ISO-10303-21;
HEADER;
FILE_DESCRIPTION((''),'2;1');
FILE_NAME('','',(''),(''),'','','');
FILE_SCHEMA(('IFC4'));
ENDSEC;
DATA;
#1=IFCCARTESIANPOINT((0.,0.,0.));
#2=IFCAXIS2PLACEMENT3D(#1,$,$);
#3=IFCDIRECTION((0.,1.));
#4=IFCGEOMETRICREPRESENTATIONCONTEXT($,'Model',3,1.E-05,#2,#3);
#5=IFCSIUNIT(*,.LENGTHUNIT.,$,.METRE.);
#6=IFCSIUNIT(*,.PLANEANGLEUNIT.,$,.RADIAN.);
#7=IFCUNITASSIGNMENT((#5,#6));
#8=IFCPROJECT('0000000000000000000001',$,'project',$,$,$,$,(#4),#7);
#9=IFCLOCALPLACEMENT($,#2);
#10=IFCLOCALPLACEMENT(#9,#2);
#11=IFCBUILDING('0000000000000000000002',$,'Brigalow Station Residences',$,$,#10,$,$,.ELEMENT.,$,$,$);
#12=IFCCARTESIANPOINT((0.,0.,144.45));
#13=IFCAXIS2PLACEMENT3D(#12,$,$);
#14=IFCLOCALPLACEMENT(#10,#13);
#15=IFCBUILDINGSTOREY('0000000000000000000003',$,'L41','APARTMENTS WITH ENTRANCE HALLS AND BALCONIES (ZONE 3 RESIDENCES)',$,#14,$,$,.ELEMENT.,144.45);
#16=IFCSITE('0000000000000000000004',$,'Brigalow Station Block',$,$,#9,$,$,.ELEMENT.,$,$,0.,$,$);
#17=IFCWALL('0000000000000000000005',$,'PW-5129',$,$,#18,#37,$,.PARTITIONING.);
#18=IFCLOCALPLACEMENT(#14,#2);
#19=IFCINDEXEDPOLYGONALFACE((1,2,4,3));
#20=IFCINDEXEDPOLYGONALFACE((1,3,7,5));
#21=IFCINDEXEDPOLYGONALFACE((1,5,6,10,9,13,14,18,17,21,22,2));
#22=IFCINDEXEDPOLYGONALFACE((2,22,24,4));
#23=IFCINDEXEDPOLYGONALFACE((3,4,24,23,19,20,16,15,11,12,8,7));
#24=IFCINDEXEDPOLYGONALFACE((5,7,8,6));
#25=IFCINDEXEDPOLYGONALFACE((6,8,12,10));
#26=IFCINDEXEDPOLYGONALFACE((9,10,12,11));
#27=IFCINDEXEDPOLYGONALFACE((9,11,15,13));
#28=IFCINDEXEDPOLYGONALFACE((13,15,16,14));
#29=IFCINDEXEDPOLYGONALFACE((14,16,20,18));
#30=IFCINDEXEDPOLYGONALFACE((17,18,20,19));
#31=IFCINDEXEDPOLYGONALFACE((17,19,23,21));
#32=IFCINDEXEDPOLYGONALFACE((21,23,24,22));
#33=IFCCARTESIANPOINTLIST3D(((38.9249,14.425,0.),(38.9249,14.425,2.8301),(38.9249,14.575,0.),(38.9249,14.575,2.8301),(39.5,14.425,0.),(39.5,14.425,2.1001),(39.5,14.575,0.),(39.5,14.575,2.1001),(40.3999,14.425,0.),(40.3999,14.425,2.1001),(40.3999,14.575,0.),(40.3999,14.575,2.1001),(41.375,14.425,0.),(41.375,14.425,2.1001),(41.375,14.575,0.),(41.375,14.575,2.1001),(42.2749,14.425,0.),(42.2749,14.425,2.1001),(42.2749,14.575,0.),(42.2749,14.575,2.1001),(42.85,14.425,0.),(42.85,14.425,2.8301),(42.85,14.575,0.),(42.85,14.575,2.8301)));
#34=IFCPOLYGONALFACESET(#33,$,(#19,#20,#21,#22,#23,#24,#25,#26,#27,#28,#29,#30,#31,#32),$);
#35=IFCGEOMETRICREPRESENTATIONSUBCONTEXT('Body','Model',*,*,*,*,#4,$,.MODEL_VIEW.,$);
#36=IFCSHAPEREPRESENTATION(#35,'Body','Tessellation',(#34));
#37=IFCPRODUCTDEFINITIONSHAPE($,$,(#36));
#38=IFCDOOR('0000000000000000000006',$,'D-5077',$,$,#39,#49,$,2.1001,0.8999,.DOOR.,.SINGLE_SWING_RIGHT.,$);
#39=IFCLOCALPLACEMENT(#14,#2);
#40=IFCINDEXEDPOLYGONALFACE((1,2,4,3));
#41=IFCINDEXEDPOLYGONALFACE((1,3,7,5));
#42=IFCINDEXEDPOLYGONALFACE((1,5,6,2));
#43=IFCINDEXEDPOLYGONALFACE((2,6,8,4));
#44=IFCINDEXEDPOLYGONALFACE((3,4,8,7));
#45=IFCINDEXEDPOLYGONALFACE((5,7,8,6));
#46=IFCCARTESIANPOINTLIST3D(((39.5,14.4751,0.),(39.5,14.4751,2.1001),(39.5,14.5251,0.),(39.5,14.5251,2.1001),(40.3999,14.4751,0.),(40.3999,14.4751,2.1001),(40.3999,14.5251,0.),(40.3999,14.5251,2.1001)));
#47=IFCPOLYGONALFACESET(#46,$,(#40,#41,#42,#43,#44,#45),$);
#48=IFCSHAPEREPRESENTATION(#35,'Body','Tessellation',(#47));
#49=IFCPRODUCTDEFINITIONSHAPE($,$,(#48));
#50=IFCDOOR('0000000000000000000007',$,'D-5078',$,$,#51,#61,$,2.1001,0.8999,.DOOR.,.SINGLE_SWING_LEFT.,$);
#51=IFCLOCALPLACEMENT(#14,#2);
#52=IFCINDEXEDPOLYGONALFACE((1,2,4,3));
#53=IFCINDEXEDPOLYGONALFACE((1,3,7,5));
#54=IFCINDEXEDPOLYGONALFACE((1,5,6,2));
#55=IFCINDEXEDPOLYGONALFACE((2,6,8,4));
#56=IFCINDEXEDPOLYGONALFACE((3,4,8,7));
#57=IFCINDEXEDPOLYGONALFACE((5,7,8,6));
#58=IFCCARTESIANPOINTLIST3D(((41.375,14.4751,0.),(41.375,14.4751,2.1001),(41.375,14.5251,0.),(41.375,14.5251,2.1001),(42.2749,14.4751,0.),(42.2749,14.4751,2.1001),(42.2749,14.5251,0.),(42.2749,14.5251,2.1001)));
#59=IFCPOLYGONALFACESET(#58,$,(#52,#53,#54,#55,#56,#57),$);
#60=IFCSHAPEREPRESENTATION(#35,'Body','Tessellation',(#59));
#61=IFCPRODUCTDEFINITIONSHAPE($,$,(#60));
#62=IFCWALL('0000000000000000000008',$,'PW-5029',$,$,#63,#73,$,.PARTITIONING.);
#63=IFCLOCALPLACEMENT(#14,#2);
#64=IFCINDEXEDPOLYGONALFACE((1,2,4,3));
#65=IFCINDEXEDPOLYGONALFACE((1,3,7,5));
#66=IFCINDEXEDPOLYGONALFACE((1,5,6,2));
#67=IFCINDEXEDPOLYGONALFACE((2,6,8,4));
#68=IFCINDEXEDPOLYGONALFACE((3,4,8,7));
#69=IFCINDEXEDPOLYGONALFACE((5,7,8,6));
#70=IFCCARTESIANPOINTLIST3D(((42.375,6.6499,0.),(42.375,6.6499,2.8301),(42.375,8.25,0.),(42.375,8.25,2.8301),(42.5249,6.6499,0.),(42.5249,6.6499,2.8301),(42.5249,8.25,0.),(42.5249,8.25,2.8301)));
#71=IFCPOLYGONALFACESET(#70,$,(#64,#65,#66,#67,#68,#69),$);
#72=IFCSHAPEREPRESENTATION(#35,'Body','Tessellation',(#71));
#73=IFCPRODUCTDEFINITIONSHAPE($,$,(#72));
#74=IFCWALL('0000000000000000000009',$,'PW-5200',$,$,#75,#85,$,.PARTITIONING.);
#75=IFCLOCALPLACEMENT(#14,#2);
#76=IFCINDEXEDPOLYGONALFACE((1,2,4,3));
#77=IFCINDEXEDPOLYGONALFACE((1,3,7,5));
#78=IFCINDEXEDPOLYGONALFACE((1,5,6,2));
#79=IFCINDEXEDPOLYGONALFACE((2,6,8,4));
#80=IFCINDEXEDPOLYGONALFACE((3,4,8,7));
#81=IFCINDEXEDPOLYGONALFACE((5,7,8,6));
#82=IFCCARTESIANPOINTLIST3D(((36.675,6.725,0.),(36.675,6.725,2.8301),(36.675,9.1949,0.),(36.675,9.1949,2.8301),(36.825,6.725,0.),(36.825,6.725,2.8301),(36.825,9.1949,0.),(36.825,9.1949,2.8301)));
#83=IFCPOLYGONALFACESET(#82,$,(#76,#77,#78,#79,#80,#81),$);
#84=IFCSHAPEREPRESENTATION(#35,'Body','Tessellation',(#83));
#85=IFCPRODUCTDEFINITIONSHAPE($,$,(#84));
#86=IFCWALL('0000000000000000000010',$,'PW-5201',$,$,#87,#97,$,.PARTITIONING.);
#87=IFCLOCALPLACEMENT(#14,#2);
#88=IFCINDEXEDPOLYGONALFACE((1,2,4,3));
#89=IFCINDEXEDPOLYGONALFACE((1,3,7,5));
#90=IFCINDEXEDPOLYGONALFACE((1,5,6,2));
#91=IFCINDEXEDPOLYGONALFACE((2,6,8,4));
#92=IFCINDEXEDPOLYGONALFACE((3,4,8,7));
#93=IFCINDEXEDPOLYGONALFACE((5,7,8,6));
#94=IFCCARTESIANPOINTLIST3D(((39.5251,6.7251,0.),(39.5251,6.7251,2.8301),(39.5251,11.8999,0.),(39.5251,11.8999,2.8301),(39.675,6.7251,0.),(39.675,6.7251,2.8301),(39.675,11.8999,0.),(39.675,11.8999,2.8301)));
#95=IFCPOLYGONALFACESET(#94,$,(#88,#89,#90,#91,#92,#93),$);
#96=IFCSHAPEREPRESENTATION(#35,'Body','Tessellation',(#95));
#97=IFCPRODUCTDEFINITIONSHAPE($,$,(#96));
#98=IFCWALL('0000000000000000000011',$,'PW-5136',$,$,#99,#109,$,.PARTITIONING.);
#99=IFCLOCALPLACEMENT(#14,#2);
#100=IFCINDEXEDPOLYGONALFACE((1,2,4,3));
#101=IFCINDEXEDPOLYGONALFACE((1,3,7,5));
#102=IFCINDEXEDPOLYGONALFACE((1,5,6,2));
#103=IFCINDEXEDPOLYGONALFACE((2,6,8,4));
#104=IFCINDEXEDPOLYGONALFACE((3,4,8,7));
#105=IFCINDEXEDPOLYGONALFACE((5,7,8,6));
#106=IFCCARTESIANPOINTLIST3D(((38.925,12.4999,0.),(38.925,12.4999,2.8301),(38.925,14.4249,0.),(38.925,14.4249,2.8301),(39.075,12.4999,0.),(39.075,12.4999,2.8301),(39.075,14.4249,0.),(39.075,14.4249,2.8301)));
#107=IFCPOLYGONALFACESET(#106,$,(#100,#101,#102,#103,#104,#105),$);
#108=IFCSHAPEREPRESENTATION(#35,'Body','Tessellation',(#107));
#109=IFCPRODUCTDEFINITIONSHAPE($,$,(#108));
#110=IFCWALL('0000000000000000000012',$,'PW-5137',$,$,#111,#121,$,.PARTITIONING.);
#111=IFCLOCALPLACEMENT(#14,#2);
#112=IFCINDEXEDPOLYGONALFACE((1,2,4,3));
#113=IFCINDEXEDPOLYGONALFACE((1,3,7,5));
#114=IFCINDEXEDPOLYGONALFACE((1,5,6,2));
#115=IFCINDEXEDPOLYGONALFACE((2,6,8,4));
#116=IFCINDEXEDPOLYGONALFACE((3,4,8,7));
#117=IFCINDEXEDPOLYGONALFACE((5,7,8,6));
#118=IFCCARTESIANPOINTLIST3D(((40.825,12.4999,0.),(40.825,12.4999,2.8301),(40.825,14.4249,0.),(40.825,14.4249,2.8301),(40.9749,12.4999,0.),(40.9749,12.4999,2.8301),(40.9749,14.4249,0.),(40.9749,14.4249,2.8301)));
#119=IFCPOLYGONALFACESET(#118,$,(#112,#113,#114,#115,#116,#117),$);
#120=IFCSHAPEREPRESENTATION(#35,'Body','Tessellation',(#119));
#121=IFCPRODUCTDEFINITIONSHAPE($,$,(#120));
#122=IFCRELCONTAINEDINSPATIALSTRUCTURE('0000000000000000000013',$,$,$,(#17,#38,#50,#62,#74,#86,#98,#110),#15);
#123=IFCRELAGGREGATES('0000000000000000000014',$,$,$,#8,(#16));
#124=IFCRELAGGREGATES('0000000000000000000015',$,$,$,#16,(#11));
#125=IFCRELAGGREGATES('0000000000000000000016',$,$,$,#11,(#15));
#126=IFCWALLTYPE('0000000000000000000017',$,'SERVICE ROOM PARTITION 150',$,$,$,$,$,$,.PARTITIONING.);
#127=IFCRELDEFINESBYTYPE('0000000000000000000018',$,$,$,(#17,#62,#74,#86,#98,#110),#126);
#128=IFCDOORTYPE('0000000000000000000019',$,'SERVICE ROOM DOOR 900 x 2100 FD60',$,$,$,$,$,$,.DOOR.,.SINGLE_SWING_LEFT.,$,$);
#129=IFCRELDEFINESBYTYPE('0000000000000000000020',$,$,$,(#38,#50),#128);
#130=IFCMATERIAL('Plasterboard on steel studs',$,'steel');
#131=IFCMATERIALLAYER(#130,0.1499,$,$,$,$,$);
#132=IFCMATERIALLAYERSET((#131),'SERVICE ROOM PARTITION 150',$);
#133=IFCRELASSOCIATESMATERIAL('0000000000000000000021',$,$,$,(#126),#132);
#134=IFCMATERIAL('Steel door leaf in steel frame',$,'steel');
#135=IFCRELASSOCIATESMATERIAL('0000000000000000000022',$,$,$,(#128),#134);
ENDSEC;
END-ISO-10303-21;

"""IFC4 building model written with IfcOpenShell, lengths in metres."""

from ifc_helpers import new_model, si_unit, direction, frame, frame_2d, origin, place, context, subcontext, project, spatial, rectangle, extrude, material, layer, layer_set, type_object, element, fill, save


model = new_model("IFC4")

# Units and contexts
model_context = context("Model", 3, precision=1e-05, world=origin(), true_north=direction((0.0, 1.0)))
body_context = subcontext(model_context, "Body", "Model", "MODEL_VIEW")
ifc_project = project(units=[si_unit("LENGTHUNIT", "METRE"), si_unit("PLANEANGLEUNIT", "RADIAN")], contexts=[model_context])

# Site, building, storey
site_placement = place(None, origin())
site = spatial("IfcSite", under=ifc_project, at=site_placement, Name="Brigalow Station Block", CompositionType="ELEMENT", RefElevation=0.0)
building_placement = place(site_placement, origin())
building = spatial("IfcBuilding", under=site, at=building_placement, Name="Brigalow Station Residences", CompositionType="ELEMENT")
storey_placement = place(building_placement, frame((0.0, 0.0, 144.45)))
storey = spatial("IfcBuildingStorey", under=building, at=storey_placement, Name="L41", Description="APARTMENTS WITH ENTRANCE HALLS AND BALCONIES (ZONE 3 RESIDENCES)", CompositionType="ELEMENT", Elevation=144.45)

# Shared definitions
ifc_material_1 = material(Name="Plasterboard on steel studs", Category="steel")
ifc_layer_1 = layer(ifc_material_1, 0.1499)
ifc_layer_set_1 = layer_set([ifc_layer_1], Name="SERVICE ROOM PARTITION 150")
wall_type_1 = type_object("IfcWallType", Name="SERVICE ROOM PARTITION 150", PredefinedType="PARTITIONING", material=ifc_layer_set_1)
ifc_material_2 = material(Name="Steel door leaf in steel frame", Category="steel")
door_type_1 = type_object("IfcDoorType", Name="SERVICE ROOM DOOR 900 x 2100 FD60", OperationType="SINGLE_SWING_LEFT", PredefinedType="DOOR", material=ifc_material_2)

# Wall, openings, doors
wall_1_placement = place(storey_placement, frame((38.925, 14.5, 0.0), z_axis=(0.0, 0.0, 1.0), x_axis=(1.0, 0.0, 0.0)))
wall_1 = element("IfcWall", 1, at=wall_1_placement, inside=storey, type_object=wall_type_1, Name="PW-5129", PredefinedType="PARTITIONING", context=body_context, shape_type="SweptSolid", body=[
    extrude(rectangle(XDim=3.925, YDim=0.1499, at=frame_2d((1.9624, 0.0))), origin(), (0.0, 0.0, 1.0), 2.8301),
])
opening_1_placement = place(wall_1_placement, frame((0.575, 0.0, 0.0)))
opening_1 = element("IfcOpeningElement", 2, at=opening_1_placement, cuts=wall_1, PredefinedType="OPENING", context=body_context, shape_type="SweptSolid", body=[
    extrude(rectangle(XDim=0.8999, YDim=2.1001, at=frame_2d((0.45, 1.05))), frame((0.0, 0.085, 0.0), z_axis=(0.0, -1.0, 0.0), x_axis=(1.0, 0.0, 0.0)), (0.0, 0.0, 1.0), 0.1699),
])
opening_2_placement = place(wall_1_placement, frame((2.45, 0.0, 0.0)))
opening_2 = element("IfcOpeningElement", 3, at=opening_2_placement, cuts=wall_1, PredefinedType="OPENING", context=body_context, shape_type="SweptSolid", body=[
    extrude(rectangle(XDim=0.8999, YDim=2.1001, at=frame_2d((0.45, 1.05))), frame((0.0, 0.085, 0.0), z_axis=(0.0, -1.0, 0.0), x_axis=(1.0, 0.0, 0.0)), (0.0, 0.0, 1.0), 0.1699),
])
door_1_placement = place(opening_1_placement, frame((0.8999, 0.0, 0.0), z_axis=(0.0, 0.0, 1.0), x_axis=(-1.0, 0.0, 0.0)))
door_1 = element("IfcDoor", 4, at=door_1_placement, inside=storey, type_object=door_type_1, Name="D-5077", OperationType="SINGLE_SWING_RIGHT", OverallHeight=2.1001, OverallWidth=0.8999, PredefinedType="DOOR", context=body_context, shape_type="SweptSolid", body=[
    extrude(rectangle(XDim=0.8999, YDim=2.1001, at=frame_2d((0.45, 1.05))), frame((0.0, 0.0249, 0.0), z_axis=(0.0, -1.0, 0.0), x_axis=(1.0, 0.0, 0.0)), (0.0, 0.0, 1.0), 0.05),
])
fill(opening_1, door_1)
door_2_placement = place(opening_2_placement, frame((0.8999, 0.0, 0.0), z_axis=(0.0, 0.0, 1.0), x_axis=(-1.0, 0.0, 0.0)))
door_2 = element("IfcDoor", 5, at=door_2_placement, inside=storey, type_object=door_type_1, Name="D-5078", OperationType="SINGLE_SWING_LEFT", OverallHeight=2.1001, OverallWidth=0.8999, PredefinedType="DOOR", context=body_context, shape_type="SweptSolid", body=[
    extrude(rectangle(XDim=0.8999, YDim=2.1001, at=frame_2d((0.45, 1.05))), frame((0.0, 0.0249, 0.0), z_axis=(0.0, -1.0, 0.0), x_axis=(1.0, 0.0, 0.0)), (0.0, 0.0, 1.0), 0.05),
])
fill(opening_2, door_2)

# Walls
wall_2_placement = place(storey_placement, frame((42.45, 6.6499, 0.0), z_axis=(0.0, 0.0, 1.0), x_axis=(0.0, 1.0, 0.0)))
element("IfcWall", 6, at=wall_2_placement, inside=storey, type_object=wall_type_1, Name="PW-5029", PredefinedType="PARTITIONING", context=body_context, shape_type="SweptSolid", body=[
    extrude(rectangle(XDim=1.6001, YDim=0.1499, at=frame_2d((0.8, 0.0))), origin(), (0.0, 0.0, 1.0), 2.8301),
])
wall_3_placement = place(storey_placement, frame((36.75, 6.7251, 0.0), z_axis=(0.0, 0.0, 1.0), x_axis=(0.0, 1.0, 0.0)))
element("IfcWall", 7, at=wall_3_placement, inside=storey, type_object=wall_type_1, Name="PW-5200", PredefinedType="PARTITIONING", context=body_context, shape_type="SweptSolid", body=[
    extrude(rectangle(XDim=2.47, YDim=0.1499, at=frame_2d((1.2349, 0.0))), origin(), (0.0, 0.0, 1.0), 2.8301),
])
wall_4_placement = place(storey_placement, frame((39.6001, 6.7251, 0.0), z_axis=(0.0, 0.0, 1.0), x_axis=(0.0, 1.0, 0.0)))
element("IfcWall", 8, at=wall_4_placement, inside=storey, type_object=wall_type_1, Name="PW-5201", PredefinedType="PARTITIONING", context=body_context, shape_type="SweptSolid", body=[
    extrude(rectangle(XDim=5.1748, YDim=0.1499, at=frame_2d((2.5874, 0.0))), origin(), (0.0, 0.0, 1.0), 2.8301),
])
for number, where, z_axis, x_axis, name in (
    (9, (39.0, 12.5, 0.0), (0.0, 0.0, 1.0), (0.0, 1.0, 0.0), "PW-5136"),
    (10, (40.8999, 12.5, 0.0), (0.0, 0.0, 1.0), (0.0, 1.0, 0.0), "PW-5137"),
):
    element("IfcWall", number, at=place(storey_placement, frame(where, z_axis=z_axis, x_axis=x_axis)), inside=storey, type_object=wall_type_1, Name=name, PredefinedType="PARTITIONING", context=body_context, shape_type="SweptSolid", body=[
        extrude(rectangle(XDim=1.925, YDim=0.1499, at=frame_2d((0.9624, 0.0))), origin(), (0.0, 0.0, 1.0), 2.8301),
    ])

save(model, "model.ifc")
